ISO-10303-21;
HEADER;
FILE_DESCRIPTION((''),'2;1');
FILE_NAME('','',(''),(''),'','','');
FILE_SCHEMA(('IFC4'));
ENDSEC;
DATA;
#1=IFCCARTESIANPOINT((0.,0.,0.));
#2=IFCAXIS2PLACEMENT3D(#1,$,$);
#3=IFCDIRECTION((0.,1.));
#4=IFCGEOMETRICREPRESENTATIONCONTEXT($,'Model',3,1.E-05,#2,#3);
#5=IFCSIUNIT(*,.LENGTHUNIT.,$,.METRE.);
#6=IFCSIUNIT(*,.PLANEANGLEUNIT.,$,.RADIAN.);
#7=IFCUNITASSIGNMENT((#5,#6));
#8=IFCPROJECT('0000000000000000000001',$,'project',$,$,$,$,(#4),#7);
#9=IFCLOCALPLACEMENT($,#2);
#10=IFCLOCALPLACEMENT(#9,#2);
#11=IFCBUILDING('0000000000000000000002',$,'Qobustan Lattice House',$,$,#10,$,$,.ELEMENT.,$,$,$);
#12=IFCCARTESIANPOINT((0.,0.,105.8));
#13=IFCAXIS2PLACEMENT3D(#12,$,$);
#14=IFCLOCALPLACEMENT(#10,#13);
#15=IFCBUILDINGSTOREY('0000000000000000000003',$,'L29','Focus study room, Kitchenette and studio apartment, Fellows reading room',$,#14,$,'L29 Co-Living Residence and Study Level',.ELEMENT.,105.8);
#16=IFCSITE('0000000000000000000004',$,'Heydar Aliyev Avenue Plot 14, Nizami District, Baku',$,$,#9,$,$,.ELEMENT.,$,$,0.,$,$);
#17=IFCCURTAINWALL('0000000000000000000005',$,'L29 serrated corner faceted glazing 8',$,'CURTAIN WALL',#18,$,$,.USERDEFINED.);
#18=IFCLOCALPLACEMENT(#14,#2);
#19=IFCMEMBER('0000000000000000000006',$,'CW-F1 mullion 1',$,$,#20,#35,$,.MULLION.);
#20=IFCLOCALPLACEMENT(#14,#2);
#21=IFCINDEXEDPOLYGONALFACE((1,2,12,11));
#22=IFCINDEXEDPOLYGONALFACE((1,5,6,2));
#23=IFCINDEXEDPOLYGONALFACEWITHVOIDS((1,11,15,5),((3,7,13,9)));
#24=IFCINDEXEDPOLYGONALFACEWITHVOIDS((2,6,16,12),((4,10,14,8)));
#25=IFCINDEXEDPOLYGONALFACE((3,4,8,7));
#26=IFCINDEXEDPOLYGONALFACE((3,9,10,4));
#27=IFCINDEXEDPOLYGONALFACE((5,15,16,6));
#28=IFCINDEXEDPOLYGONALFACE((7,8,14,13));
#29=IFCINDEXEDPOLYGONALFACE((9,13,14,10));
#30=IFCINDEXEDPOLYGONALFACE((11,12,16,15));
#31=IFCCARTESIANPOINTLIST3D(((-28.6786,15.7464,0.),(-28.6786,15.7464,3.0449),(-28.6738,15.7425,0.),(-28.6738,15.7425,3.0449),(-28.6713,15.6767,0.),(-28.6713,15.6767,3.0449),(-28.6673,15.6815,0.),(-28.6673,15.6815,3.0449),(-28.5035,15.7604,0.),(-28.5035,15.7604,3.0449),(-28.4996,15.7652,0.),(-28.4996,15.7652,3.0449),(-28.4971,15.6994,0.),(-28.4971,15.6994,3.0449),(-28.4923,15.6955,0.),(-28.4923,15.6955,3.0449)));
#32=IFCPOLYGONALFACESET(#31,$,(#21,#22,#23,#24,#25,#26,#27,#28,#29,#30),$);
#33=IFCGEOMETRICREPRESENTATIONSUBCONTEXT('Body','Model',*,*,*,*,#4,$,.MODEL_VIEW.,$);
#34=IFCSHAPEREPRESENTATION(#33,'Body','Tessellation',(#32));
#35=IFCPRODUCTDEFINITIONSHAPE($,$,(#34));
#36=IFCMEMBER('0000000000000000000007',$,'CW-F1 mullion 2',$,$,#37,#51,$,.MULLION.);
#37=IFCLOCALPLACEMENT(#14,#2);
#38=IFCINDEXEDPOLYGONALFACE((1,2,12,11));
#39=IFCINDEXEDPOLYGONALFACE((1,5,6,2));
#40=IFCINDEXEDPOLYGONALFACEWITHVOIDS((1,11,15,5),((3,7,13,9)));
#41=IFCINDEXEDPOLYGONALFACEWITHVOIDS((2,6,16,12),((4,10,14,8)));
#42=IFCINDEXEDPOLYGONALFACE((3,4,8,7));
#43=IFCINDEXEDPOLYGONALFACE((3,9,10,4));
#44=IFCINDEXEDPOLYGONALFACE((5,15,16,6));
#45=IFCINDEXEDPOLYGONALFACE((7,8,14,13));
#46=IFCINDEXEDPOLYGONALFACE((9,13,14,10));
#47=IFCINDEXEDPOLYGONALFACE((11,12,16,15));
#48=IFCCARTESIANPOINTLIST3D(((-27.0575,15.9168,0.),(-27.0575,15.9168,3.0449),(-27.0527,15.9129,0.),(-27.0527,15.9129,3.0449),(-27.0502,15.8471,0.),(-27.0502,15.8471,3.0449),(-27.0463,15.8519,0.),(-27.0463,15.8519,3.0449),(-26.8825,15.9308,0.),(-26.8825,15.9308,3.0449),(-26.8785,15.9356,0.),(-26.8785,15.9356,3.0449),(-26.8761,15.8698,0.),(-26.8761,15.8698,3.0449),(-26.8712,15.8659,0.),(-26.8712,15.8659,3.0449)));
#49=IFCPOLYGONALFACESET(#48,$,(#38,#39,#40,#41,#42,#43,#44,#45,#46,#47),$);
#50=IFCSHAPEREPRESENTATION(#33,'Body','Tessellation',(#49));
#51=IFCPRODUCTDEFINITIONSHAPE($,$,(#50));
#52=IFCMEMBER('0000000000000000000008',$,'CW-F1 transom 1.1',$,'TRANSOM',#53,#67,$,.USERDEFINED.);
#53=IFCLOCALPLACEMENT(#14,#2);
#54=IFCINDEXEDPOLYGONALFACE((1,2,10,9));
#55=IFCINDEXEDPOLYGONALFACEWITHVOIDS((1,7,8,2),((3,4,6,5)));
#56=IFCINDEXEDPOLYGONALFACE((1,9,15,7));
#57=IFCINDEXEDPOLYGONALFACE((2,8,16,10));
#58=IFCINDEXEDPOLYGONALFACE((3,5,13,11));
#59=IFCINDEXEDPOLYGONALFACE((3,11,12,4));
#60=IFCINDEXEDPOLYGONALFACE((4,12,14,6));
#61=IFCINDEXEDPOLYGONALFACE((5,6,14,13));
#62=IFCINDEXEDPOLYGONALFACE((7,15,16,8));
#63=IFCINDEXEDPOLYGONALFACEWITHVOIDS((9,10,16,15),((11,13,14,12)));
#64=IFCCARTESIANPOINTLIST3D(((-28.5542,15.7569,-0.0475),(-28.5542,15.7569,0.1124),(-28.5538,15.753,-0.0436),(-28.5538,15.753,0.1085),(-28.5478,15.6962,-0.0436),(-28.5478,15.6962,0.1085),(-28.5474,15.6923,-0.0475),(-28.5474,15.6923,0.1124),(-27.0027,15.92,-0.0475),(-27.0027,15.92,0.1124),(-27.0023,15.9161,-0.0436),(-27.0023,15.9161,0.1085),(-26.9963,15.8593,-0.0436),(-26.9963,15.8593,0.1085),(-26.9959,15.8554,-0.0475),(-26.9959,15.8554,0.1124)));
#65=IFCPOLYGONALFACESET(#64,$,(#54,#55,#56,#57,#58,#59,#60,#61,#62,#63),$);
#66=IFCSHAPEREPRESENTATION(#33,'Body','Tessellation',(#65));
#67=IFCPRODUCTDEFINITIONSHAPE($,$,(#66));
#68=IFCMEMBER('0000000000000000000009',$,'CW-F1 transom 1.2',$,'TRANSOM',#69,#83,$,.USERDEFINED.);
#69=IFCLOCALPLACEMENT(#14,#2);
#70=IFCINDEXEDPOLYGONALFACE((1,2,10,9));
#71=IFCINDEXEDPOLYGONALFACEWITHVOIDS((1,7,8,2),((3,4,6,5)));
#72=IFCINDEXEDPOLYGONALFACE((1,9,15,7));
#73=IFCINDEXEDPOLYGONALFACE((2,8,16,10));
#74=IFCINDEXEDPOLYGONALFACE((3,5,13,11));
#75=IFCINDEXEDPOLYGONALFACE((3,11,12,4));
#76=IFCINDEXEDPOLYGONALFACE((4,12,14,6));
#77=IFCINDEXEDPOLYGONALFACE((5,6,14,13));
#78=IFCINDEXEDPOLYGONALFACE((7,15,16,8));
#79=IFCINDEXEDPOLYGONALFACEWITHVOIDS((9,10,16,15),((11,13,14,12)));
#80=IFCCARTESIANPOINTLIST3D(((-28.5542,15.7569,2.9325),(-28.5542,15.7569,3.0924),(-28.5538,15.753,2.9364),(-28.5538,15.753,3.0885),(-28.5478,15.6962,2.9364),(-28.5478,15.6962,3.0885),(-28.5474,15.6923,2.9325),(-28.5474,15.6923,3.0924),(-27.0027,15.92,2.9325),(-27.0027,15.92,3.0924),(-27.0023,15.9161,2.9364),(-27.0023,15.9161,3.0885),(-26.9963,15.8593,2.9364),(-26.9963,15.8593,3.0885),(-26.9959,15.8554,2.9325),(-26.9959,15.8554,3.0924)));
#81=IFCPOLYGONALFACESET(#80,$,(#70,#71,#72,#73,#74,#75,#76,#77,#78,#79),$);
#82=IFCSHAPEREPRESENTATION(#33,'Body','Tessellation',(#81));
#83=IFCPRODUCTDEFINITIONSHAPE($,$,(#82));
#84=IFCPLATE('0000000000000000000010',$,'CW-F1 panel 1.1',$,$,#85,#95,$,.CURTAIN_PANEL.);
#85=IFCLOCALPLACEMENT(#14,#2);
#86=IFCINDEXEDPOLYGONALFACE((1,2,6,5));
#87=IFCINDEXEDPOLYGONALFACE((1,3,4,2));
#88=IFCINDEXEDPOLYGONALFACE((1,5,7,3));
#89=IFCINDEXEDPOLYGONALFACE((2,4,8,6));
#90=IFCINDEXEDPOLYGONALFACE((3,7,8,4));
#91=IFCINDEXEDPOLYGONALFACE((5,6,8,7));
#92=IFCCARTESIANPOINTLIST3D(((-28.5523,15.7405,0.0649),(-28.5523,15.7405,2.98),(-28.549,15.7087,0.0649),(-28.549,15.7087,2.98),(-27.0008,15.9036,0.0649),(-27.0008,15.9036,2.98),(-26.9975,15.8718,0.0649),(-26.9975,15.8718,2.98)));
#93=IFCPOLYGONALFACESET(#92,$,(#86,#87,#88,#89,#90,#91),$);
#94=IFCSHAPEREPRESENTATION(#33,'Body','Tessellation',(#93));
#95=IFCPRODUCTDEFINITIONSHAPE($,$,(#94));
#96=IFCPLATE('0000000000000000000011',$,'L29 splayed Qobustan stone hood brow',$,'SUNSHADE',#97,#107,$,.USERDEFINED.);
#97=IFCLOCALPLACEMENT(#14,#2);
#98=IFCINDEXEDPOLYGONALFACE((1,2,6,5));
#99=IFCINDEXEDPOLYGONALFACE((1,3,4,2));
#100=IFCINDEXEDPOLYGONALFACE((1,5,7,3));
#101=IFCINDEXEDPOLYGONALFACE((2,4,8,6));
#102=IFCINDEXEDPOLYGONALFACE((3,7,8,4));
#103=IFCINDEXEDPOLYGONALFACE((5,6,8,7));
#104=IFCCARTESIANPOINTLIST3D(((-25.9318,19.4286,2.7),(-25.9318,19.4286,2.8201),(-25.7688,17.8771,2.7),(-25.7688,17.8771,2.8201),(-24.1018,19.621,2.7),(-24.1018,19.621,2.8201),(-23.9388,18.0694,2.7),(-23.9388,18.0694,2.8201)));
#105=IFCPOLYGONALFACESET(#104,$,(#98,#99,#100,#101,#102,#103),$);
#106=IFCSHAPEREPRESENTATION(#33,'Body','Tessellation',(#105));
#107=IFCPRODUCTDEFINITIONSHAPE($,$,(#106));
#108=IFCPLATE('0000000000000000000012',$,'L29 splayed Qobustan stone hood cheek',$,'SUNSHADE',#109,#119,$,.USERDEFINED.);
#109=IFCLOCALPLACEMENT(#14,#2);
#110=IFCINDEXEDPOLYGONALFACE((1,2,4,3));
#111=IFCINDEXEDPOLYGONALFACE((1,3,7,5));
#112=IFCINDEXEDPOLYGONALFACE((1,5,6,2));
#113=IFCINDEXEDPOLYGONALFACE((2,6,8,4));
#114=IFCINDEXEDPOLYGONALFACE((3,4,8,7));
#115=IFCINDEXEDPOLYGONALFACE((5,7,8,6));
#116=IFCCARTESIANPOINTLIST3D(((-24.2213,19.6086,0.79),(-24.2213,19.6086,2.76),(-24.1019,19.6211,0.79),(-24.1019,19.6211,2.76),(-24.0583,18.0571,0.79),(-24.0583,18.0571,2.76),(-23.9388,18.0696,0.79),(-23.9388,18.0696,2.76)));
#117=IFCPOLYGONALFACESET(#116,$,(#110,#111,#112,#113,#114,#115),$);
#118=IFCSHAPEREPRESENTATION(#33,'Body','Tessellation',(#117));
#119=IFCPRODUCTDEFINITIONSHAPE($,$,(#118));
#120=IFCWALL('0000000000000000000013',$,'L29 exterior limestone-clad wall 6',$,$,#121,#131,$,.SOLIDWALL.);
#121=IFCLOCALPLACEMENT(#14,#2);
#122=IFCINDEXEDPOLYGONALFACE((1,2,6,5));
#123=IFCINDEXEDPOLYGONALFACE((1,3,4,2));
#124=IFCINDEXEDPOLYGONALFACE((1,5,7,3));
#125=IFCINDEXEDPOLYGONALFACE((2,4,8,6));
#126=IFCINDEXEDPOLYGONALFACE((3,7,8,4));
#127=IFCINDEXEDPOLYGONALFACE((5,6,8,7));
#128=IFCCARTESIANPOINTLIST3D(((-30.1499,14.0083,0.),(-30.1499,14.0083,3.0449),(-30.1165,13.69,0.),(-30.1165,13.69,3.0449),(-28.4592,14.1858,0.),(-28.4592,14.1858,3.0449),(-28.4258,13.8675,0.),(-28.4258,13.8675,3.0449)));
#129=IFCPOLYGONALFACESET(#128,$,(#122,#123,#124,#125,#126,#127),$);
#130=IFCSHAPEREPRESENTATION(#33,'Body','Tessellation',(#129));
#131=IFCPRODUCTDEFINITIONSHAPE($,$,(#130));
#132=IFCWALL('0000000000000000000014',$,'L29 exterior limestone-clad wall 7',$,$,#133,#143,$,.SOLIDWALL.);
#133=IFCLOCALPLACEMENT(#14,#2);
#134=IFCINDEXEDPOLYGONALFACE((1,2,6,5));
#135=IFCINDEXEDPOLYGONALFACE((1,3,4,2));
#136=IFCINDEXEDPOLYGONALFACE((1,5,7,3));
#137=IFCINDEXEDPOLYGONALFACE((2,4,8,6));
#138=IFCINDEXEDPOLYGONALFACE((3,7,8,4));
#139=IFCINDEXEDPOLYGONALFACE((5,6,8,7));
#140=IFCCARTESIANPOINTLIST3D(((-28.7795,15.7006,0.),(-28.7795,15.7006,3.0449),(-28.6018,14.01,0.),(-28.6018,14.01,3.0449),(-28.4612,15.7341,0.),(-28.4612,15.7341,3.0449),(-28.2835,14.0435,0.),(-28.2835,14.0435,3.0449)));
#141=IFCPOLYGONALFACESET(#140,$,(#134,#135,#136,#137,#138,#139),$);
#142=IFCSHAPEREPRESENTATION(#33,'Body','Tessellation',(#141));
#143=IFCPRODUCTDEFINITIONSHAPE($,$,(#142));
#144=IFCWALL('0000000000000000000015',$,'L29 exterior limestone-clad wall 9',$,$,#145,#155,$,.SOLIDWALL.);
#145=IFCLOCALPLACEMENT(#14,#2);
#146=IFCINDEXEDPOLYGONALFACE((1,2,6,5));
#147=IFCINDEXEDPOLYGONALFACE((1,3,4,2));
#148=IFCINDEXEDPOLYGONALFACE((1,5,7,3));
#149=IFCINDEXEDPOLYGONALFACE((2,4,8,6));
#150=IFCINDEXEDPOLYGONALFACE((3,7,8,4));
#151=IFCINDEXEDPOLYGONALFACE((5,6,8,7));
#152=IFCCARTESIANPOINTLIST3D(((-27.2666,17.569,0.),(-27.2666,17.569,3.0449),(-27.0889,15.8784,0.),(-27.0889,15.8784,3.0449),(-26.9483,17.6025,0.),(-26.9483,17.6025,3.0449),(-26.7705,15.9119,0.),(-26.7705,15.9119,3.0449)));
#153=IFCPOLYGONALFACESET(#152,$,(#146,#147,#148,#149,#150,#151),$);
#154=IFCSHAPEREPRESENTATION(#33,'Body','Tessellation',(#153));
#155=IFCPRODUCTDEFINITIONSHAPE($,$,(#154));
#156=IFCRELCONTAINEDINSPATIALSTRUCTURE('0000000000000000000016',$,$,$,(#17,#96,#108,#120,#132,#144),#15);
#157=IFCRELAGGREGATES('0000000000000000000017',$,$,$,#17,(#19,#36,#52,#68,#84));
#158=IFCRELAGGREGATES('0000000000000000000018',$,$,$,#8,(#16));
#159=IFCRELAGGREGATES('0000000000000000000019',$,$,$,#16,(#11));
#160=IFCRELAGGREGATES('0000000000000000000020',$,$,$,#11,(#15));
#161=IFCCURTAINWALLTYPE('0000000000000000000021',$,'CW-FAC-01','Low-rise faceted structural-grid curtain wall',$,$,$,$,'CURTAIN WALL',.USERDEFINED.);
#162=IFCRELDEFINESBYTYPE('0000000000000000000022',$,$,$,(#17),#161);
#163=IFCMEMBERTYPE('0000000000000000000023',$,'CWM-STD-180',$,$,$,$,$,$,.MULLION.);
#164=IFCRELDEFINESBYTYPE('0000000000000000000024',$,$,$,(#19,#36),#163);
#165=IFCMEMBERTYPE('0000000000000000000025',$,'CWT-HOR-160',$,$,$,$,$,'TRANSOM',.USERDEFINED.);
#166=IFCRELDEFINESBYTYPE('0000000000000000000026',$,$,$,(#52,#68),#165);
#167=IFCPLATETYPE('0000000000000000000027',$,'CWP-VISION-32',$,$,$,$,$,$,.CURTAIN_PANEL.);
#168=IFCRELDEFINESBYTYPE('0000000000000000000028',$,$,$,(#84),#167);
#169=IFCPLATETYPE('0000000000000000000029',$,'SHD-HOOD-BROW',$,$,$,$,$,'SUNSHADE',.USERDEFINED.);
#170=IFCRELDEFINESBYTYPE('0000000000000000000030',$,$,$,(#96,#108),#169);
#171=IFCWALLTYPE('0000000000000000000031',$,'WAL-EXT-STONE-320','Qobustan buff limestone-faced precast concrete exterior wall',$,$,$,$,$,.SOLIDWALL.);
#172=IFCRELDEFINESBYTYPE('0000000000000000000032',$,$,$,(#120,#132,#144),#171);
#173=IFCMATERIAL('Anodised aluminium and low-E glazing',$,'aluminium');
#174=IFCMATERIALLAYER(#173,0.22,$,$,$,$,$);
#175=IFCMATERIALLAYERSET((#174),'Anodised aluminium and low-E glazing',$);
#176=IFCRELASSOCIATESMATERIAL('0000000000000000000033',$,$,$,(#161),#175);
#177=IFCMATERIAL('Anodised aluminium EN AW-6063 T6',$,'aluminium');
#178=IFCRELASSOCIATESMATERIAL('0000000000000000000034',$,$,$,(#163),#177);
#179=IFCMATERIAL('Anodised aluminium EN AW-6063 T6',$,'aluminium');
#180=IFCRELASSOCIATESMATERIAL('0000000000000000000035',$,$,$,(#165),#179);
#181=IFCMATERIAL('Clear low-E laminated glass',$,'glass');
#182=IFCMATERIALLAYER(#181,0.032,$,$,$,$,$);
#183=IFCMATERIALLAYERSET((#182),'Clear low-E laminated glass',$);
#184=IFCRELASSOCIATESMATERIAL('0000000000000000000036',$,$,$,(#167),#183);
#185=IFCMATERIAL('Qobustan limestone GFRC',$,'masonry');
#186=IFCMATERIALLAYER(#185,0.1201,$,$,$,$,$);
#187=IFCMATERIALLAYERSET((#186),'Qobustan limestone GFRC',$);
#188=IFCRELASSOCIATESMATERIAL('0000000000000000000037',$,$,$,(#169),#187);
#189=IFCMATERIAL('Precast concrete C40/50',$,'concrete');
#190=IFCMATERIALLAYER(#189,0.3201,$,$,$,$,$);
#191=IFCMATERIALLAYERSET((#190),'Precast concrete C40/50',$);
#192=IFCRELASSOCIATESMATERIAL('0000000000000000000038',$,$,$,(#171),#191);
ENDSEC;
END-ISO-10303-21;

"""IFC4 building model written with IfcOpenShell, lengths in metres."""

from ifc_helpers import new_model, si_unit, direction, frame, frame_2d, origin, origin_2d, place, context, subcontext, project, spatial, rectangle, hollow_rectangle, extrude, material, layer, layer_set, material_profile, profile_set, type_object, element, aggregate, save


model = new_model("IFC4")

# Units and contexts
model_context = context("Model", 3, precision=1e-05, world=origin(), true_north=direction((0.0, 1.0)))
body_context = subcontext(model_context, "Body", "Model", "MODEL_VIEW")
ifc_project = project(units=[si_unit("LENGTHUNIT", "METRE"), si_unit("PLANEANGLEUNIT", "RADIAN")], contexts=[model_context])

# Site, building, storey
site_placement = place(None, origin())
site = spatial("IfcSite", under=ifc_project, at=site_placement, Name="Heydar Aliyev Avenue Plot 14, Nizami District, Baku", CompositionType="ELEMENT", RefElevation=0.0)
building_placement = place(site_placement, origin())
building = spatial("IfcBuilding", under=site, at=building_placement, Name="Qobustan Lattice House", CompositionType="ELEMENT")
storey_placement = place(building_placement, frame((0.0, 0.0, 105.8)))
storey = spatial("IfcBuildingStorey", under=building, at=storey_placement, Name="L29", Description="Focus study room, Kitchenette and studio apartment, Fellows reading room", LongName="L29 Co-Living Residence and Study Level", CompositionType="ELEMENT", Elevation=105.8)

# Curtain wall, members, plate
ifc_material_1 = material(Name="Anodised aluminium and low-E glazing", Category="aluminium")
ifc_layer_1 = layer(ifc_material_1, 0.22)
ifc_layer_set_1 = layer_set([ifc_layer_1], Name="Anodised aluminium and low-E glazing")
curtain_wall_type = type_object("IfcCurtainWallType", Name="CW-FAC-01", Description="Low-rise faceted structural-grid curtain wall", ElementType="CURTAIN WALL", PredefinedType="USERDEFINED", material=ifc_layer_set_1)
curtain_wall_placement = place(storey_placement, origin())
curtain_wall = element("IfcCurtainWall", 1, at=curtain_wall_placement, inside=storey, type_object=curtain_wall_type, Name="L29 serrated corner faceted glazing 8", ObjectType="CURTAIN WALL", PredefinedType="USERDEFINED")
ifc_material_2 = material(Name="Anodised aluminium EN AW-6063 T6", Category="aluminium")
ifc_material_profile_1 = material_profile(ifc_material_2, hollow_rectangle(XDim=0.0701, YDim=0.1799, WallThickness=0.0044, at=origin_2d()), Name="CWM-180x70")
ifc_profile_set_1 = profile_set([ifc_material_profile_1], Name="Anodised aluminium EN AW-6063 T6")
member_type_1 = type_object("IfcMemberType", Name="CWM-STD-180", PredefinedType="MULLION", material=ifc_profile_set_1)
member_1_placement = place(storey_placement, frame((-28.5854, 15.7209, 0.0), z_axis=(0.0, 0.0, 1.0), x_axis=(-0.104529, 0.994522, 0.0)))
member_1 = element("IfcMember", 2, at=member_1_placement, type_object=member_type_1, Name="CW-F1 mullion 1", PredefinedType="MULLION", context=body_context, shape_type="SweptSolid", body=[
    extrude(hollow_rectangle(XDim=0.0701, YDim=0.1799, WallThickness=0.0044, at=origin_2d()), origin(), (0.0, 0.0, 1.0), 3.0449),
])
member_2_placement = place(storey_placement, frame((-26.9644, 15.8914, 0.0), z_axis=(0.0, 0.0, 1.0), x_axis=(-0.104529, 0.994522, 0.0)))
member_2 = element("IfcMember", 3, at=member_2_placement, type_object=member_type_1, Name="CW-F1 mullion 2", PredefinedType="MULLION", context=body_context, shape_type="SweptSolid", body=[
    extrude(hollow_rectangle(XDim=0.0701, YDim=0.1799, WallThickness=0.0044, at=origin_2d()), origin(), (0.0, 0.0, 1.0), 3.0449),
])
ifc_material_3 = material(Name="Anodised aluminium EN AW-6063 T6", Category="aluminium")
ifc_material_profile_2 = material_profile(ifc_material_3, hollow_rectangle(XDim=0.0649, YDim=0.1599, WallThickness=0.0039, at=origin_2d()), Name="CWT-160x65")
ifc_profile_set_2 = profile_set([ifc_material_profile_2], Name="Anodised aluminium EN AW-6063 T6")
member_type_2 = type_object("IfcMemberType", Name="CWT-HOR-160", ElementType="TRANSOM", PredefinedType="USERDEFINED", material=ifc_profile_set_2)
member_3_placement = place(storey_placement, frame((-28.5508, 15.7246, 0.0325), z_axis=(0.994521, 0.104538, 0.0), x_axis=(-0.104538, 0.994521, 0.0)))
member_3 = element("IfcMember", 4, at=member_3_placement, type_object=member_type_2, Name="CW-F1 transom 1.1", ObjectType="TRANSOM", PredefinedType="USERDEFINED", context=body_context, shape_type="SweptSolid", body=[
    extrude(hollow_rectangle(XDim=0.0649, YDim=0.1599, WallThickness=0.0039, at=origin_2d()), origin(), (0.0, 0.0, 1.0), 1.5601),
])
member_4_placement = place(storey_placement, frame((-28.5508, 15.7246, 3.0125), z_axis=(0.994521, 0.104538, 0.0), x_axis=(-0.104538, 0.994521, 0.0)))
member_4 = element("IfcMember", 5, at=member_4_placement, type_object=member_type_2, Name="CW-F1 transom 1.2", ObjectType="TRANSOM", PredefinedType="USERDEFINED", context=body_context, shape_type="SweptSolid", body=[
    extrude(hollow_rectangle(XDim=0.0649, YDim=0.1599, WallThickness=0.0039, at=origin_2d()), origin(), (0.0, 0.0, 1.0), 1.5601),
])
ifc_material_4 = material(Name="Clear low-E laminated glass", Category="glass")
ifc_layer_2 = layer(ifc_material_4, 0.032)
ifc_layer_set_2 = layer_set([ifc_layer_2], Name="Clear low-E laminated glass")
plate_type_1 = type_object("IfcPlateType", Name="CWP-VISION-32", PredefinedType="CURTAIN_PANEL", material=ifc_layer_set_2)
plate_1_placement = place(storey_placement, frame((-27.7749, 15.8062, 0.0649), z_axis=(0.0, 0.0, 1.0), x_axis=(0.994522, 0.104529, 0.0)))
plate_1 = element("IfcPlate", 6, at=plate_1_placement, type_object=plate_type_1, Name="CW-F1 panel 1.1", PredefinedType="CURTAIN_PANEL", context=body_context, shape_type="SweptSolid", body=[
    extrude(rectangle(XDim=1.5601, YDim=0.032, at=origin_2d()), origin(), (0.0, 0.0, 1.0), 2.915),
])
aggregate(curtain_wall, [member_1, member_2, member_3, member_4, plate_1])

# Plates
ifc_material_5 = material(Name="Qobustan limestone GFRC", Category="masonry")
ifc_layer_3 = layer(ifc_material_5, 0.1201)
ifc_layer_set_3 = layer_set([ifc_layer_3], Name="Qobustan limestone GFRC")
plate_type_2 = type_object("IfcPlateType", Name="SHD-HOOD-BROW", ElementType="SUNSHADE", PredefinedType="USERDEFINED", material=ifc_layer_set_3)
plate_2_placement = place(storey_placement, frame((-24.9353, 18.749, 2.7), z_axis=(0.0, 0.0, 1.0), x_axis=(0.994522, 0.104528, 0.0)))
element("IfcPlate", 7, at=plate_2_placement, inside=storey, type_object=plate_type_2, Name="L29 splayed Qobustan stone hood brow", ObjectType="SUNSHADE", PredefinedType="USERDEFINED", context=body_context, shape_type="SweptSolid", body=[
    extrude(rectangle(XDim=1.8401, YDim=1.5601, at=origin_2d()), origin(), (0.0, 0.0, 1.0), 0.1201),
])
plate_3_placement = place(storey_placement, frame((-24.0801, 18.8391, 0.79), z_axis=(0.0, 0.0, 1.0), x_axis=(0.994522, 0.104528, 0.0)))
element("IfcPlate", 8, at=plate_3_placement, inside=storey, type_object=plate_type_2, Name="L29 splayed Qobustan stone hood cheek", ObjectType="SUNSHADE", PredefinedType="USERDEFINED", context=body_context, shape_type="SweptSolid", body=[
    extrude(rectangle(XDim=0.1201, YDim=1.5601, at=origin_2d()), origin(), (0.0, 0.0, 1.0), 1.97),
])

# Walls
ifc_material_6 = material(Name="Precast concrete C40/50", Category="concrete")
ifc_layer_4 = layer(ifc_material_6, 0.3201)
ifc_layer_set_4 = layer_set([ifc_layer_4], Name="Precast concrete C40/50")
wall_type_1 = type_object("IfcWallType", Name="WAL-EXT-STONE-320", Description="Qobustan buff limestone-faced precast concrete exterior wall", PredefinedType="SOLIDWALL", material=ifc_layer_set_4)
for number, where, z_axis, x_axis, name in (
    (9, (-30.1333, 13.8491, 0.0), (0.0, 0.0, 1.0), (0.994535, 0.104408, 0.0), "L29 exterior limestone-clad wall 6"),
    (10, (-28.4426, 14.0266, 0.0), (0.0, 0.0, 1.0), (-0.10455, 0.99452, 0.0), "L29 exterior limestone-clad wall 7"),
    (11, (-26.9297, 15.895, 0.0), (0.0, 0.0, 1.0), (-0.10455, 0.99452, 0.0), "L29 exterior limestone-clad wall 9"),
):
    element("IfcWall", number, at=place(storey_placement, frame(where, z_axis=z_axis, x_axis=x_axis)), inside=storey, type_object=wall_type_1, Name=name, PredefinedType="SOLIDWALL", context=body_context, shape_type="SweptSolid", body=[
        extrude(rectangle(XDim=1.7, YDim=0.3201, at=frame_2d((0.8501, 0.0))), origin(), (0.0, 0.0, 1.0), 3.0449),
    ])

save(model, "model.ifc")
